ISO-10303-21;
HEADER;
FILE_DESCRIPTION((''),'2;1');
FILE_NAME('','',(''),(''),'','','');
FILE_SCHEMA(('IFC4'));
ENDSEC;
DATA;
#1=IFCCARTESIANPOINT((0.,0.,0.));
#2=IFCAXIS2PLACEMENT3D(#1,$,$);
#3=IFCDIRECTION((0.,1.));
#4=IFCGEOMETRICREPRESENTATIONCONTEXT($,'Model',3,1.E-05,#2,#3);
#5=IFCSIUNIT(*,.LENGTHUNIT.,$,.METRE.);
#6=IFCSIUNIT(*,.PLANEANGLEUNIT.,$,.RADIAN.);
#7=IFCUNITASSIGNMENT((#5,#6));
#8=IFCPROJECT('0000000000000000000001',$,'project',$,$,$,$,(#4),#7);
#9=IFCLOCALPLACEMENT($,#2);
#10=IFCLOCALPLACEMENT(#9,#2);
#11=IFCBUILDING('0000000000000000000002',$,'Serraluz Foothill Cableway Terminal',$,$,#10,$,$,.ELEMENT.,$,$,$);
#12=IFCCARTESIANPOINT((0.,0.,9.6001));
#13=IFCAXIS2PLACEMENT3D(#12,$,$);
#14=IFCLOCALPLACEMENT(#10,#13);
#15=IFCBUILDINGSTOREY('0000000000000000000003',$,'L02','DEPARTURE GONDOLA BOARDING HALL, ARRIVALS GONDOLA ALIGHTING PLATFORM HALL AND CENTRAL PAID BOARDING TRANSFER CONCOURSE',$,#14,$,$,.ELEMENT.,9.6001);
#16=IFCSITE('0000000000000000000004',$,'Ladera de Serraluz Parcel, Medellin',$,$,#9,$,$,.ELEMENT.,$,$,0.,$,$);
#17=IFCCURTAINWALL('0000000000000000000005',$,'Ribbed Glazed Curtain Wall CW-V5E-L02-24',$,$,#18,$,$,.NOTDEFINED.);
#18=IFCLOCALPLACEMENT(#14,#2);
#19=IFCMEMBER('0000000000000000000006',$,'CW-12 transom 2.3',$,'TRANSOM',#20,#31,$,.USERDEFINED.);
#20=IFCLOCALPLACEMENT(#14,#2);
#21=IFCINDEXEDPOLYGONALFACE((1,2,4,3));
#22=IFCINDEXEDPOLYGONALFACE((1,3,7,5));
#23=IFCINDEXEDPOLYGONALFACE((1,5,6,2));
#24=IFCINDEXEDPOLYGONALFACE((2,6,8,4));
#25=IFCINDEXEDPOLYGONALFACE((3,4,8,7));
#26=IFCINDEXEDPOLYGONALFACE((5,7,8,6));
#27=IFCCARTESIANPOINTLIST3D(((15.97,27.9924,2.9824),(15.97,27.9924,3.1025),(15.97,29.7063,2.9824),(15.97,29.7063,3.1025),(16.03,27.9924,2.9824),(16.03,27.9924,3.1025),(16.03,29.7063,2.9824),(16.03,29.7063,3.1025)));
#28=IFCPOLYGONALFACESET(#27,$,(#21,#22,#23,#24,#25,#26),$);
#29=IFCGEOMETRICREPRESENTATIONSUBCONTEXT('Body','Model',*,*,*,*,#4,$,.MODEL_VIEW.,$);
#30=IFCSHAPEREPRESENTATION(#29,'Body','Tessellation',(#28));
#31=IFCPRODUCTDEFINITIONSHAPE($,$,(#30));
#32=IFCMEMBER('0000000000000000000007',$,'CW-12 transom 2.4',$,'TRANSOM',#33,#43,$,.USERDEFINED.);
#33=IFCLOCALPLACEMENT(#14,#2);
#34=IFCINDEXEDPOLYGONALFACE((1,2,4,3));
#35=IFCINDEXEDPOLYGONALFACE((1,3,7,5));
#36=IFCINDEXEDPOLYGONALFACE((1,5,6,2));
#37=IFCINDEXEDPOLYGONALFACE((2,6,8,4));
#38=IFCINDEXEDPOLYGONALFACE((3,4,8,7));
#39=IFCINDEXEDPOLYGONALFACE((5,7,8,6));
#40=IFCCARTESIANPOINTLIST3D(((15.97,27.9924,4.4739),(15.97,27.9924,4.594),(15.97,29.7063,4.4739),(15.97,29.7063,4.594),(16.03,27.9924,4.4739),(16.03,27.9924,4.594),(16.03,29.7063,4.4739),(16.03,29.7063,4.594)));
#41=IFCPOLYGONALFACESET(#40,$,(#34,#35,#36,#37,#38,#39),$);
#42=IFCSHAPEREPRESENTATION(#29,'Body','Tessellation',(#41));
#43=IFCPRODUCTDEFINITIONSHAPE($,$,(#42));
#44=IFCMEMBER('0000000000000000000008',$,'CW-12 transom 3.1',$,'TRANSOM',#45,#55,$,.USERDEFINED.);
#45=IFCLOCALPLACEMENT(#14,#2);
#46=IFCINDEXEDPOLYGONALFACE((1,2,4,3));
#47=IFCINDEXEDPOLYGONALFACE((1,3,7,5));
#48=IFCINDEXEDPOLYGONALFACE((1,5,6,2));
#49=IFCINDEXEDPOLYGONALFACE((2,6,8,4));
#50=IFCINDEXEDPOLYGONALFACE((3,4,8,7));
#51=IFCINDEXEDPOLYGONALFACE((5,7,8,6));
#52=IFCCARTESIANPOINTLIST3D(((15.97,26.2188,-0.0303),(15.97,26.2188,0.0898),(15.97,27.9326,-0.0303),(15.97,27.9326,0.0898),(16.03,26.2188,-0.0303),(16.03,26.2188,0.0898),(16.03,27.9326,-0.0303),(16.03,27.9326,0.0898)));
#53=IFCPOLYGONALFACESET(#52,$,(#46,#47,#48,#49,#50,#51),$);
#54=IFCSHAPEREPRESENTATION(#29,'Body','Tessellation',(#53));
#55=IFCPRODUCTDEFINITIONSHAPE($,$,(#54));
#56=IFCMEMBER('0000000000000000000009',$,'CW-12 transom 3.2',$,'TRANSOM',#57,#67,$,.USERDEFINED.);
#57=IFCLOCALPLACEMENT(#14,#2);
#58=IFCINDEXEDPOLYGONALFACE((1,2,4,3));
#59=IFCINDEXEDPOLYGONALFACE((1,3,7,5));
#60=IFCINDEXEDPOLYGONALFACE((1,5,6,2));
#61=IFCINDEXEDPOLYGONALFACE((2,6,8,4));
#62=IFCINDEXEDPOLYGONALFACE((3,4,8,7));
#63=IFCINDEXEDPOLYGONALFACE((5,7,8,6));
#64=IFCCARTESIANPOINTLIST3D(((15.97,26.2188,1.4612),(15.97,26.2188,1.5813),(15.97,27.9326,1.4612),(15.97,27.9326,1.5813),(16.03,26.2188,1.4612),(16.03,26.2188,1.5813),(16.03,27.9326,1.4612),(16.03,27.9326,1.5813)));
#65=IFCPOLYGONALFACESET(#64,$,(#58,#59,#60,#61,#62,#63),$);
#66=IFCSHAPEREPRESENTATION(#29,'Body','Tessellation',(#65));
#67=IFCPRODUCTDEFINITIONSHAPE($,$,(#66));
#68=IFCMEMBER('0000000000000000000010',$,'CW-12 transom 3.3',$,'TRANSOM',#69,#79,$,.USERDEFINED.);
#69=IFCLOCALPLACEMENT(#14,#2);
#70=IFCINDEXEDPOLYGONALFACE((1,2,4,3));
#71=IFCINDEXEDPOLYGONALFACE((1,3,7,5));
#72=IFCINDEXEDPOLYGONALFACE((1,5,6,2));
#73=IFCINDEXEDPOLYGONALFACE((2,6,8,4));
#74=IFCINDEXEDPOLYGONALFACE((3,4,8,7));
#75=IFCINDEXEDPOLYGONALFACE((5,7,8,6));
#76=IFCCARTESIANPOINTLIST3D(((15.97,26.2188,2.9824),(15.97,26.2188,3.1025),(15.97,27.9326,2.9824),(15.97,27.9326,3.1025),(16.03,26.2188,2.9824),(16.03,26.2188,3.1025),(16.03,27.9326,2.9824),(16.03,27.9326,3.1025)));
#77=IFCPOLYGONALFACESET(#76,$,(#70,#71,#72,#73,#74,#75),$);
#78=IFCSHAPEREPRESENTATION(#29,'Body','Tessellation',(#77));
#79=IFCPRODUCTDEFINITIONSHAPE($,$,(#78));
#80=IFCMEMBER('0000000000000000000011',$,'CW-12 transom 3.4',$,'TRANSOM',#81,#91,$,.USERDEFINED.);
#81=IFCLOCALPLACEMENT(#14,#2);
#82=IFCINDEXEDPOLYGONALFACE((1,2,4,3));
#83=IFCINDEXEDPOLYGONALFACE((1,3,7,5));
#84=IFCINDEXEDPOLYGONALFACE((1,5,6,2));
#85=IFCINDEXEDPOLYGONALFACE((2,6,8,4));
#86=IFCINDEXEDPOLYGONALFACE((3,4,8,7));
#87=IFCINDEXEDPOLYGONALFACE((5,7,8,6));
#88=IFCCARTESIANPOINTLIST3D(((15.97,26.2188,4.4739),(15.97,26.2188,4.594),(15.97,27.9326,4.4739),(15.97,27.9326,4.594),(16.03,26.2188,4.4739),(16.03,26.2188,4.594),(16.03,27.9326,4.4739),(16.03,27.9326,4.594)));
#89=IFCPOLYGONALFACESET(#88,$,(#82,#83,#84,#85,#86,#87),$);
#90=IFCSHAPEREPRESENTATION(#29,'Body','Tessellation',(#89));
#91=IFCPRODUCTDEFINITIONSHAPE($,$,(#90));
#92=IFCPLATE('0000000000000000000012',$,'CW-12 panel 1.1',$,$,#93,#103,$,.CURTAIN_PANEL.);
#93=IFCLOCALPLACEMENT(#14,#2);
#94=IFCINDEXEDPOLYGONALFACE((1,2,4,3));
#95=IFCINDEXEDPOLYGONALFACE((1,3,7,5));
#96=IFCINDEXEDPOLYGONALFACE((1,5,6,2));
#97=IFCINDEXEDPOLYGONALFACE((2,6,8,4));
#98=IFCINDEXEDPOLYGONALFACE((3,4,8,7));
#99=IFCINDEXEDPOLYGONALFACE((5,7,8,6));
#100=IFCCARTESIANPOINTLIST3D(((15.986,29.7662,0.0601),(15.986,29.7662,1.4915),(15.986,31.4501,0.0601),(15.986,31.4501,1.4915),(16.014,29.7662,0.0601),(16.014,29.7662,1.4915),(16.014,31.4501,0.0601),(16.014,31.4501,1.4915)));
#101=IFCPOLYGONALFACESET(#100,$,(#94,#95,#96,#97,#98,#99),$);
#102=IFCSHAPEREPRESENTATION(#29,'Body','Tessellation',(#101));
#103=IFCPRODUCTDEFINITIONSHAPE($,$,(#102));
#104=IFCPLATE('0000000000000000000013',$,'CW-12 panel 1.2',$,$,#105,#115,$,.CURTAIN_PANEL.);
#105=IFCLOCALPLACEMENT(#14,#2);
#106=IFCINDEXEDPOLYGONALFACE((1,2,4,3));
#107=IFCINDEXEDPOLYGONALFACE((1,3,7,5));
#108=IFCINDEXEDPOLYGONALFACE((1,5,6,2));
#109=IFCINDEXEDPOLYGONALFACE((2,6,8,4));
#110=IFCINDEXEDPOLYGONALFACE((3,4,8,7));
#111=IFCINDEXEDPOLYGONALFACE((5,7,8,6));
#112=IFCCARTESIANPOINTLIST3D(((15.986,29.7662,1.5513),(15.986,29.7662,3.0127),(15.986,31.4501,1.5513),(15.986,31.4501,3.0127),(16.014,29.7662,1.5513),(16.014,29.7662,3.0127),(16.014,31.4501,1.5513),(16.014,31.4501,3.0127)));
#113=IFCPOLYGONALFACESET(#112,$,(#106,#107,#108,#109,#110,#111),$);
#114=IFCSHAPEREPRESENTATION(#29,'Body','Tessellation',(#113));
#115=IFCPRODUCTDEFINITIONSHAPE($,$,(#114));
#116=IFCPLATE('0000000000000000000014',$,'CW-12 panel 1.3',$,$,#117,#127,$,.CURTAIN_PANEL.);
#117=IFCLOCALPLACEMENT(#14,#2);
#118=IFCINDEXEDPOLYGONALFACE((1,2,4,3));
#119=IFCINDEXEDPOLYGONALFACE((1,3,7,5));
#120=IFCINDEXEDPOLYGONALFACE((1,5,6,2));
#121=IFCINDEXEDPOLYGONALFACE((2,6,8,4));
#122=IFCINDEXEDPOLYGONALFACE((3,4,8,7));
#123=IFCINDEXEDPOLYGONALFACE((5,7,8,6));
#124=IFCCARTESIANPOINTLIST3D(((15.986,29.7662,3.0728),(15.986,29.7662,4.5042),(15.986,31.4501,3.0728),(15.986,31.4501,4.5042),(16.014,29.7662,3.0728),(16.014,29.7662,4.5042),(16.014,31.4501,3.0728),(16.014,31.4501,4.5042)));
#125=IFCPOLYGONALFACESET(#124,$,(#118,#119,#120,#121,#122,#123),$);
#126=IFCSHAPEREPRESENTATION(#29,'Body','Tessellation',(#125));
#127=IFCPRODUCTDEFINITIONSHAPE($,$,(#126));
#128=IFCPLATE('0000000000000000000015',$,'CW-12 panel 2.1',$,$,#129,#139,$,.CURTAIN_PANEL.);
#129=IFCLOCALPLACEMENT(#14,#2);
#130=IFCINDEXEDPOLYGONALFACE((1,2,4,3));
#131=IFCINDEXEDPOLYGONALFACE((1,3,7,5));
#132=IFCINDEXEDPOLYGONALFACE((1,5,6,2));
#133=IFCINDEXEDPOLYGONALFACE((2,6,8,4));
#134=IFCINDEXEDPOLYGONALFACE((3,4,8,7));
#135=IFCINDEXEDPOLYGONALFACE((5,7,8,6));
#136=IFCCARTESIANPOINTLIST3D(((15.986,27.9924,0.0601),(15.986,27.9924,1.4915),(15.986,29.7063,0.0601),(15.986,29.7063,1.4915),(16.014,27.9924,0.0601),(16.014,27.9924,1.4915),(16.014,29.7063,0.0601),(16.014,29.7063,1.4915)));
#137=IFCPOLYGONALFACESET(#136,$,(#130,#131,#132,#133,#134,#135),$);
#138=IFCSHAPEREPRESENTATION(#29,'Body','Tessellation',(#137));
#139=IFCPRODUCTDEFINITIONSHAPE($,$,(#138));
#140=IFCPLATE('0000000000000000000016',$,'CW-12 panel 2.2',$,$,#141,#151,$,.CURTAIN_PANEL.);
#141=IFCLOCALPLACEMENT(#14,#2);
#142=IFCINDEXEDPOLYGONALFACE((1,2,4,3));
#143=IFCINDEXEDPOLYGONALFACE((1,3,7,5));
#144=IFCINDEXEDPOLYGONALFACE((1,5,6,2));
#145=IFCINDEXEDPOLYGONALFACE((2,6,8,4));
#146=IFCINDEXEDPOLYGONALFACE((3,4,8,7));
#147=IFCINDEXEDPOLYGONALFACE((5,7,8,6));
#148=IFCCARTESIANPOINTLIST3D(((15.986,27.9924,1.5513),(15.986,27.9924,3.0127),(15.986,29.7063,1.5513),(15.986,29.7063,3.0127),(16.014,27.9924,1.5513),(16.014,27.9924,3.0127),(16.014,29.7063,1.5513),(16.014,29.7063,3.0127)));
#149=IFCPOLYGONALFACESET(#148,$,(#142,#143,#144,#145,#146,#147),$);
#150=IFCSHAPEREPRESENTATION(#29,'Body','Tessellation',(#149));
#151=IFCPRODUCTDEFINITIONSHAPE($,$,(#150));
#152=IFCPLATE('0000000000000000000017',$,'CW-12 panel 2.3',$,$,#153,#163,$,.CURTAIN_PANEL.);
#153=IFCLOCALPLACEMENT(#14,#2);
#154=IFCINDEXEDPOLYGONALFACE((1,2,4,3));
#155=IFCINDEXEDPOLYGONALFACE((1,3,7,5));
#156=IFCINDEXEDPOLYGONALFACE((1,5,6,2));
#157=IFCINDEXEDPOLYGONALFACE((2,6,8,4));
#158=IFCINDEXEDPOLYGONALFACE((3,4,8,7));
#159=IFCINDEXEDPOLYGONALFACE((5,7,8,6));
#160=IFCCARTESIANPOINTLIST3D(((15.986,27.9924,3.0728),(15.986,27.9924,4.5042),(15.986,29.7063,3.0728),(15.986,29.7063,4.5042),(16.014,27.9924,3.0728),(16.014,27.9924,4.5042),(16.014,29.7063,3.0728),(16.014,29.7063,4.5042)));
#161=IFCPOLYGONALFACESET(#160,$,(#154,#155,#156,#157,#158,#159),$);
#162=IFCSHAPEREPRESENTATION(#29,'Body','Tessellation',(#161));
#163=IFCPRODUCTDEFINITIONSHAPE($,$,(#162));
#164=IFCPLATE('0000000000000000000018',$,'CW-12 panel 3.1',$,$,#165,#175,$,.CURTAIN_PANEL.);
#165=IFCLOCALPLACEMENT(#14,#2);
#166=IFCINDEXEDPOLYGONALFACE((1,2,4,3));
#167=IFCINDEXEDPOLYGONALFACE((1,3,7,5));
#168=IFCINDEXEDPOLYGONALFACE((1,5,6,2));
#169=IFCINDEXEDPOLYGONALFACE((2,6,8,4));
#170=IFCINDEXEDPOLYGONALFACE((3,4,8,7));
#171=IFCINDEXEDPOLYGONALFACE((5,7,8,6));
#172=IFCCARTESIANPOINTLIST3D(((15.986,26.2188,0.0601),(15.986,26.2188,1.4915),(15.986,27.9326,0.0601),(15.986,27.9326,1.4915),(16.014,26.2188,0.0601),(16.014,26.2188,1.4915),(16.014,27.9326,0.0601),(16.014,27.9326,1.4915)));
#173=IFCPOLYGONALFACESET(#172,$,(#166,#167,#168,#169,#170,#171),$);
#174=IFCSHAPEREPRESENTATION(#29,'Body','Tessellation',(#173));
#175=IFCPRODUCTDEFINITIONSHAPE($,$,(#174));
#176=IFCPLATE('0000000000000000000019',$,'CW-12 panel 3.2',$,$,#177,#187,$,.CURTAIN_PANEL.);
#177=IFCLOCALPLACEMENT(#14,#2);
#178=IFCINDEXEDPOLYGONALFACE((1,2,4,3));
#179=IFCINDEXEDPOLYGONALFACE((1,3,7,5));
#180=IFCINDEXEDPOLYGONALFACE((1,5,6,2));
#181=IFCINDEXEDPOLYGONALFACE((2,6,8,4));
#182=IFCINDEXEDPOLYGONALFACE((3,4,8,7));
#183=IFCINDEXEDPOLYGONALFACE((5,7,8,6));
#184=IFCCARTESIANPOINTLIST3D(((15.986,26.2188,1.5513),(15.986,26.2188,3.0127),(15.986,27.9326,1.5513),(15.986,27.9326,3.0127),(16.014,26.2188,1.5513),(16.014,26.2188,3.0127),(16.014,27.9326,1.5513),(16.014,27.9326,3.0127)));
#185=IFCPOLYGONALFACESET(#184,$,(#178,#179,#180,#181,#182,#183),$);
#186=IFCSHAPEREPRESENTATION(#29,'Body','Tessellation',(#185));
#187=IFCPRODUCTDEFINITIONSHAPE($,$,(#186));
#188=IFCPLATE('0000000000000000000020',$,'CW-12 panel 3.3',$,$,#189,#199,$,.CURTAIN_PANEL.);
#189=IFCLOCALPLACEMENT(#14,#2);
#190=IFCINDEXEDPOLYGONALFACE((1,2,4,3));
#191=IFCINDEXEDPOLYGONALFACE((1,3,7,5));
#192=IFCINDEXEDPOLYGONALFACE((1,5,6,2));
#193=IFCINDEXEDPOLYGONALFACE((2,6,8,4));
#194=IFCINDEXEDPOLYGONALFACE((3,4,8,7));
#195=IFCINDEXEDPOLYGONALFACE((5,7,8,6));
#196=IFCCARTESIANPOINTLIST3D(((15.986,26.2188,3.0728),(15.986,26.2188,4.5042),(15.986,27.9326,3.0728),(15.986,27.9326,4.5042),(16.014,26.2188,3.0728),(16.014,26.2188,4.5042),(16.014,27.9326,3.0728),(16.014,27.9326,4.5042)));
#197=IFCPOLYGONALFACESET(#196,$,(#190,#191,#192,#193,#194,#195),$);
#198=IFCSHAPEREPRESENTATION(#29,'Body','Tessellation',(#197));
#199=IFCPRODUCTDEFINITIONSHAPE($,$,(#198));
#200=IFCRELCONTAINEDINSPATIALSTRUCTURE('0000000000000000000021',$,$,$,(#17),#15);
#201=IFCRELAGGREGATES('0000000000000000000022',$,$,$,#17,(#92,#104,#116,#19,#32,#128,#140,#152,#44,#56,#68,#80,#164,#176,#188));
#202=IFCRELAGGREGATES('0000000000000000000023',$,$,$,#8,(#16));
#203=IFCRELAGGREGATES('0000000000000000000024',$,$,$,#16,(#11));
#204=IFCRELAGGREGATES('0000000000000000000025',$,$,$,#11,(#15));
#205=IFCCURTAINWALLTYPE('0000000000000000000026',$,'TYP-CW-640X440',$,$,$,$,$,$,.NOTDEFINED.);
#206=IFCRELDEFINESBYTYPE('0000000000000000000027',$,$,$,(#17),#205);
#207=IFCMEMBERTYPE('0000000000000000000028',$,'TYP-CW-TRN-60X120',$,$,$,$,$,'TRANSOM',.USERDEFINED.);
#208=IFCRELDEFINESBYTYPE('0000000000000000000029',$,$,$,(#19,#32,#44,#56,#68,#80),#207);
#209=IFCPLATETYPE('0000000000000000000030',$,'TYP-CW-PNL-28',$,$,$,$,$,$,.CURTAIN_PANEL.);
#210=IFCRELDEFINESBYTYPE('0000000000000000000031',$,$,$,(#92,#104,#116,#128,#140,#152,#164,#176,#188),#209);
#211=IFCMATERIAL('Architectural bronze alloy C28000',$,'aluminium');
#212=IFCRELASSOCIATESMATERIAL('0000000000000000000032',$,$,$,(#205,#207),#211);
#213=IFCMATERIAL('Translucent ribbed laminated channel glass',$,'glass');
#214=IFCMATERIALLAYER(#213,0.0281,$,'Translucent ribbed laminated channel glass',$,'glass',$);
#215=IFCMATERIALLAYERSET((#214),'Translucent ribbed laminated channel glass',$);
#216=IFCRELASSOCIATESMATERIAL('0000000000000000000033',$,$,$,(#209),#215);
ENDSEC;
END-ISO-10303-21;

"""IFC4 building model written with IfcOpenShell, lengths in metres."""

from ifc_helpers import new_model, si_unit, direction, frame, origin, origin_2d, place, context, subcontext, project, spatial, rectangle, extrude, material, layer, layer_set, material_profile, profile_set, type_object, element, aggregate, save


model = new_model("IFC4")

# Units and contexts
model_context = context("Model", 3, precision=1e-05, world=origin(), true_north=direction((0.0, 1.0)))
body_context = subcontext(model_context, "Body", "Model", "MODEL_VIEW")
ifc_project = project(units=[si_unit("LENGTHUNIT", "METRE"), si_unit("PLANEANGLEUNIT", "RADIAN")], contexts=[model_context])

# Site, building, storey
site_placement = place(None, origin())
site = spatial("IfcSite", under=ifc_project, at=site_placement, Name="Ladera de Serraluz Parcel, Medellin", CompositionType="ELEMENT", RefElevation=0.0)
building_placement = place(site_placement, origin())
building = spatial("IfcBuilding", under=site, at=building_placement, Name="Serraluz Foothill Cableway Terminal", CompositionType="ELEMENT")
storey_placement = place(building_placement, frame((0.0, 0.0, 9.6001)))
storey = spatial("IfcBuildingStorey", under=building, at=storey_placement, Name="L02", Description="DEPARTURE GONDOLA BOARDING HALL, ARRIVALS GONDOLA ALIGHTING PLATFORM HALL AND CENTRAL PAID BOARDING TRANSFER CONCOURSE", CompositionType="ELEMENT", Elevation=9.6001)

# Curtain wall, members, plates
ifc_material_1 = material(Name="Architectural bronze alloy C28000", Category="aluminium")
curtain_wall_type = type_object("IfcCurtainWallType", Name="TYP-CW-640X440", PredefinedType="NOTDEFINED", material=ifc_material_1)
curtain_wall_placement = place(storey_placement, origin())
curtain_wall = element("IfcCurtainWall", 1, at=curtain_wall_placement, inside=storey, type_object=curtain_wall_type, Name="Ribbed Glazed Curtain Wall CW-V5E-L02-24", PredefinedType="NOTDEFINED")
ifc_material_profile_1 = material_profile(ifc_material_1, rectangle(XDim=0.0601, YDim=0.1201, at=origin_2d()), Name="ALU TRANSOM 60x120")
ifc_profile_set_1 = profile_set([ifc_material_profile_1], Name="Architectural bronze alloy C28000")
member_type_1 = type_object("IfcMemberType", Name="TYP-CW-TRN-60X120", ElementType="TRANSOM", PredefinedType="USERDEFINED", material=ifc_profile_set_1)
member_1_placement = place(storey_placement, frame((16.0, 29.7063, 3.0425), z_axis=(0.0, -1.0, 0.0), x_axis=(1.0, 0.0, 0.0)))
member_1 = element("IfcMember", 2, at=member_1_placement, type_object=member_type_1, Name="CW-12 transom 2.3", ObjectType="TRANSOM", PredefinedType="USERDEFINED", context=body_context, shape_type="SweptSolid", body=[
    extrude(rectangle(XDim=0.0601, YDim=0.1201, at=origin_2d()), origin(), (0.0, 0.0, 1.0), 1.7139),
])
member_2_placement = place(storey_placement, frame((16.0, 29.7063, 4.5339), z_axis=(0.0, -1.0, 0.0), x_axis=(1.0, 0.0, 0.0)))
member_2 = element("IfcMember", 3, at=member_2_placement, type_object=member_type_1, Name="CW-12 transom 2.4", ObjectType="TRANSOM", PredefinedType="USERDEFINED", context=body_context, shape_type="SweptSolid", body=[
    extrude(rectangle(XDim=0.0601, YDim=0.1201, at=origin_2d()), origin(), (0.0, 0.0, 1.0), 1.7139),
])
member_3_placement = place(storey_placement, frame((16.0, 27.9326, 0.0298), z_axis=(0.0, -1.0, 0.0), x_axis=(1.0, 0.0, 0.0)))
member_3 = element("IfcMember", 4, at=member_3_placement, type_object=member_type_1, Name="CW-12 transom 3.1", ObjectType="TRANSOM", PredefinedType="USERDEFINED", context=body_context, shape_type="SweptSolid", body=[
    extrude(rectangle(XDim=0.0601, YDim=0.1201, at=origin_2d()), origin(), (0.0, 0.0, 1.0), 1.7139),
])
member_4_placement = place(storey_placement, frame((16.0, 27.9326, 1.5212), z_axis=(0.0, -1.0, 0.0), x_axis=(1.0, 0.0, 0.0)))
member_4 = element("IfcMember", 5, at=member_4_placement, type_object=member_type_1, Name="CW-12 transom 3.2", ObjectType="TRANSOM", PredefinedType="USERDEFINED", context=body_context, shape_type="SweptSolid", body=[
    extrude(rectangle(XDim=0.0601, YDim=0.1201, at=origin_2d()), origin(), (0.0, 0.0, 1.0), 1.7139),
])
member_5_placement = place(storey_placement, frame((16.0, 27.9326, 3.0425), z_axis=(0.0, -1.0, 0.0), x_axis=(1.0, 0.0, 0.0)))
member_5 = element("IfcMember", 6, at=member_5_placement, type_object=member_type_1, Name="CW-12 transom 3.3", ObjectType="TRANSOM", PredefinedType="USERDEFINED", context=body_context, shape_type="SweptSolid", body=[
    extrude(rectangle(XDim=0.0601, YDim=0.1201, at=origin_2d()), origin(), (0.0, 0.0, 1.0), 1.7139),
])
member_6_placement = place(storey_placement, frame((16.0, 27.9326, 4.5339), z_axis=(0.0, -1.0, 0.0), x_axis=(1.0, 0.0, 0.0)))
member_6 = element("IfcMember", 7, at=member_6_placement, type_object=member_type_1, Name="CW-12 transom 3.4", ObjectType="TRANSOM", PredefinedType="USERDEFINED", context=body_context, shape_type="SweptSolid", body=[
    extrude(rectangle(XDim=0.0601, YDim=0.1201, at=origin_2d()), origin(), (0.0, 0.0, 1.0), 1.7139),
])
ifc_material_2 = material(Name="Translucent ribbed laminated channel glass", Category="glass")
ifc_layer = layer(ifc_material_2, 0.0281, Name="Translucent ribbed laminated channel glass", Category="glass")
ifc_layer_set = layer_set([ifc_layer], Name="Translucent ribbed laminated channel glass")
plate_type = type_object("IfcPlateType", Name="TYP-CW-PNL-28", PredefinedType="CURTAIN_PANEL", material=ifc_layer_set)
plate_1_placement = place(storey_placement, frame((16.0, 30.6082, 0.0601), z_axis=(0.0, 0.0, 1.0), x_axis=(0.0, -1.0, 0.0)))
plate_1 = element("IfcPlate", 8, at=plate_1_placement, type_object=plate_type, Name="CW-12 panel 1.1", PredefinedType="CURTAIN_PANEL", context=body_context, shape_type="SweptSolid", body=[
    extrude(rectangle(XDim=1.6838, YDim=0.0281, at=origin_2d()), origin(), (0.0, 0.0, 1.0), 1.4314),
])
plate_2_placement = place(storey_placement, frame((16.0, 30.6082, 1.5513), z_axis=(0.0, 0.0, 1.0), x_axis=(0.0, -1.0, 0.0)))
plate_2 = element("IfcPlate", 9, at=plate_2_placement, type_object=plate_type, Name="CW-12 panel 1.2", PredefinedType="CURTAIN_PANEL", context=body_context, shape_type="SweptSolid", body=[
    extrude(rectangle(XDim=1.6838, YDim=0.0281, at=origin_2d()), origin(), (0.0, 0.0, 1.0), 1.4614),
])
plate_3_placement = place(storey_placement, frame((16.0, 30.6082, 3.0728), z_axis=(0.0, 0.0, 1.0), x_axis=(0.0, -1.0, 0.0)))
plate_3 = element("IfcPlate", 10, at=plate_3_placement, type_object=plate_type, Name="CW-12 panel 1.3", PredefinedType="CURTAIN_PANEL", context=body_context, shape_type="SweptSolid", body=[
    extrude(rectangle(XDim=1.6838, YDim=0.0281, at=origin_2d()), origin(), (0.0, 0.0, 1.0), 1.4314),
])
plate_4_placement = place(storey_placement, frame((16.0, 28.8494, 0.0601), z_axis=(0.0, 0.0, 1.0), x_axis=(0.0, -1.0, 0.0)))
plate_4 = element("IfcPlate", 11, at=plate_4_placement, type_object=plate_type, Name="CW-12 panel 2.1", PredefinedType="CURTAIN_PANEL", context=body_context, shape_type="SweptSolid", body=[
    extrude(rectangle(XDim=1.7139, YDim=0.0281, at=origin_2d()), origin(), (0.0, 0.0, 1.0), 1.4314),
])
plate_5_placement = place(storey_placement, frame((16.0, 28.8494, 1.5513), z_axis=(0.0, 0.0, 1.0), x_axis=(0.0, -1.0, 0.0)))
plate_5 = element("IfcPlate", 12, at=plate_5_placement, type_object=plate_type, Name="CW-12 panel 2.2", PredefinedType="CURTAIN_PANEL", context=body_context, shape_type="SweptSolid", body=[
    extrude(rectangle(XDim=1.7139, YDim=0.0281, at=origin_2d()), origin(), (0.0, 0.0, 1.0), 1.4614),
])
plate_6_placement = place(storey_placement, frame((16.0, 28.8494, 3.0728), z_axis=(0.0, 0.0, 1.0), x_axis=(0.0, -1.0, 0.0)))
plate_6 = element("IfcPlate", 13, at=plate_6_placement, type_object=plate_type, Name="CW-12 panel 2.3", PredefinedType="CURTAIN_PANEL", context=body_context, shape_type="SweptSolid", body=[
    extrude(rectangle(XDim=1.7139, YDim=0.0281, at=origin_2d()), origin(), (0.0, 0.0, 1.0), 1.4314),
])
plate_7_placement = place(storey_placement, frame((16.0, 27.0757, 0.0601), z_axis=(0.0, 0.0, 1.0), x_axis=(0.0, -1.0, 0.0)))
plate_7 = element("IfcPlate", 14, at=plate_7_placement, type_object=plate_type, Name="CW-12 panel 3.1", PredefinedType="CURTAIN_PANEL", context=body_context, shape_type="SweptSolid", body=[
    extrude(rectangle(XDim=1.7139, YDim=0.0281, at=origin_2d()), origin(), (0.0, 0.0, 1.0), 1.4314),
])
plate_8_placement = place(storey_placement, frame((16.0, 27.0757, 1.5513), z_axis=(0.0, 0.0, 1.0), x_axis=(0.0, -1.0, 0.0)))
plate_8 = element("IfcPlate", 15, at=plate_8_placement, type_object=plate_type, Name="CW-12 panel 3.2", PredefinedType="CURTAIN_PANEL", context=body_context, shape_type="SweptSolid", body=[
    extrude(rectangle(XDim=1.7139, YDim=0.0281, at=origin_2d()), origin(), (0.0, 0.0, 1.0), 1.4614),
])
plate_9_placement = place(storey_placement, frame((16.0, 27.0757, 3.0728), z_axis=(0.0, 0.0, 1.0), x_axis=(0.0, -1.0, 0.0)))
plate_9 = element("IfcPlate", 16, at=plate_9_placement, type_object=plate_type, Name="CW-12 panel 3.3", PredefinedType="CURTAIN_PANEL", context=body_context, shape_type="SweptSolid", body=[
    extrude(rectangle(XDim=1.7139, YDim=0.0281, at=origin_2d()), origin(), (0.0, 0.0, 1.0), 1.4314),
])
aggregate(curtain_wall, [plate_1, plate_2, plate_3, member_1, member_2, plate_4, plate_5, plate_6, member_3, member_4, member_5, member_6, plate_7, plate_8, plate_9])

save(model, "model.ifc")
